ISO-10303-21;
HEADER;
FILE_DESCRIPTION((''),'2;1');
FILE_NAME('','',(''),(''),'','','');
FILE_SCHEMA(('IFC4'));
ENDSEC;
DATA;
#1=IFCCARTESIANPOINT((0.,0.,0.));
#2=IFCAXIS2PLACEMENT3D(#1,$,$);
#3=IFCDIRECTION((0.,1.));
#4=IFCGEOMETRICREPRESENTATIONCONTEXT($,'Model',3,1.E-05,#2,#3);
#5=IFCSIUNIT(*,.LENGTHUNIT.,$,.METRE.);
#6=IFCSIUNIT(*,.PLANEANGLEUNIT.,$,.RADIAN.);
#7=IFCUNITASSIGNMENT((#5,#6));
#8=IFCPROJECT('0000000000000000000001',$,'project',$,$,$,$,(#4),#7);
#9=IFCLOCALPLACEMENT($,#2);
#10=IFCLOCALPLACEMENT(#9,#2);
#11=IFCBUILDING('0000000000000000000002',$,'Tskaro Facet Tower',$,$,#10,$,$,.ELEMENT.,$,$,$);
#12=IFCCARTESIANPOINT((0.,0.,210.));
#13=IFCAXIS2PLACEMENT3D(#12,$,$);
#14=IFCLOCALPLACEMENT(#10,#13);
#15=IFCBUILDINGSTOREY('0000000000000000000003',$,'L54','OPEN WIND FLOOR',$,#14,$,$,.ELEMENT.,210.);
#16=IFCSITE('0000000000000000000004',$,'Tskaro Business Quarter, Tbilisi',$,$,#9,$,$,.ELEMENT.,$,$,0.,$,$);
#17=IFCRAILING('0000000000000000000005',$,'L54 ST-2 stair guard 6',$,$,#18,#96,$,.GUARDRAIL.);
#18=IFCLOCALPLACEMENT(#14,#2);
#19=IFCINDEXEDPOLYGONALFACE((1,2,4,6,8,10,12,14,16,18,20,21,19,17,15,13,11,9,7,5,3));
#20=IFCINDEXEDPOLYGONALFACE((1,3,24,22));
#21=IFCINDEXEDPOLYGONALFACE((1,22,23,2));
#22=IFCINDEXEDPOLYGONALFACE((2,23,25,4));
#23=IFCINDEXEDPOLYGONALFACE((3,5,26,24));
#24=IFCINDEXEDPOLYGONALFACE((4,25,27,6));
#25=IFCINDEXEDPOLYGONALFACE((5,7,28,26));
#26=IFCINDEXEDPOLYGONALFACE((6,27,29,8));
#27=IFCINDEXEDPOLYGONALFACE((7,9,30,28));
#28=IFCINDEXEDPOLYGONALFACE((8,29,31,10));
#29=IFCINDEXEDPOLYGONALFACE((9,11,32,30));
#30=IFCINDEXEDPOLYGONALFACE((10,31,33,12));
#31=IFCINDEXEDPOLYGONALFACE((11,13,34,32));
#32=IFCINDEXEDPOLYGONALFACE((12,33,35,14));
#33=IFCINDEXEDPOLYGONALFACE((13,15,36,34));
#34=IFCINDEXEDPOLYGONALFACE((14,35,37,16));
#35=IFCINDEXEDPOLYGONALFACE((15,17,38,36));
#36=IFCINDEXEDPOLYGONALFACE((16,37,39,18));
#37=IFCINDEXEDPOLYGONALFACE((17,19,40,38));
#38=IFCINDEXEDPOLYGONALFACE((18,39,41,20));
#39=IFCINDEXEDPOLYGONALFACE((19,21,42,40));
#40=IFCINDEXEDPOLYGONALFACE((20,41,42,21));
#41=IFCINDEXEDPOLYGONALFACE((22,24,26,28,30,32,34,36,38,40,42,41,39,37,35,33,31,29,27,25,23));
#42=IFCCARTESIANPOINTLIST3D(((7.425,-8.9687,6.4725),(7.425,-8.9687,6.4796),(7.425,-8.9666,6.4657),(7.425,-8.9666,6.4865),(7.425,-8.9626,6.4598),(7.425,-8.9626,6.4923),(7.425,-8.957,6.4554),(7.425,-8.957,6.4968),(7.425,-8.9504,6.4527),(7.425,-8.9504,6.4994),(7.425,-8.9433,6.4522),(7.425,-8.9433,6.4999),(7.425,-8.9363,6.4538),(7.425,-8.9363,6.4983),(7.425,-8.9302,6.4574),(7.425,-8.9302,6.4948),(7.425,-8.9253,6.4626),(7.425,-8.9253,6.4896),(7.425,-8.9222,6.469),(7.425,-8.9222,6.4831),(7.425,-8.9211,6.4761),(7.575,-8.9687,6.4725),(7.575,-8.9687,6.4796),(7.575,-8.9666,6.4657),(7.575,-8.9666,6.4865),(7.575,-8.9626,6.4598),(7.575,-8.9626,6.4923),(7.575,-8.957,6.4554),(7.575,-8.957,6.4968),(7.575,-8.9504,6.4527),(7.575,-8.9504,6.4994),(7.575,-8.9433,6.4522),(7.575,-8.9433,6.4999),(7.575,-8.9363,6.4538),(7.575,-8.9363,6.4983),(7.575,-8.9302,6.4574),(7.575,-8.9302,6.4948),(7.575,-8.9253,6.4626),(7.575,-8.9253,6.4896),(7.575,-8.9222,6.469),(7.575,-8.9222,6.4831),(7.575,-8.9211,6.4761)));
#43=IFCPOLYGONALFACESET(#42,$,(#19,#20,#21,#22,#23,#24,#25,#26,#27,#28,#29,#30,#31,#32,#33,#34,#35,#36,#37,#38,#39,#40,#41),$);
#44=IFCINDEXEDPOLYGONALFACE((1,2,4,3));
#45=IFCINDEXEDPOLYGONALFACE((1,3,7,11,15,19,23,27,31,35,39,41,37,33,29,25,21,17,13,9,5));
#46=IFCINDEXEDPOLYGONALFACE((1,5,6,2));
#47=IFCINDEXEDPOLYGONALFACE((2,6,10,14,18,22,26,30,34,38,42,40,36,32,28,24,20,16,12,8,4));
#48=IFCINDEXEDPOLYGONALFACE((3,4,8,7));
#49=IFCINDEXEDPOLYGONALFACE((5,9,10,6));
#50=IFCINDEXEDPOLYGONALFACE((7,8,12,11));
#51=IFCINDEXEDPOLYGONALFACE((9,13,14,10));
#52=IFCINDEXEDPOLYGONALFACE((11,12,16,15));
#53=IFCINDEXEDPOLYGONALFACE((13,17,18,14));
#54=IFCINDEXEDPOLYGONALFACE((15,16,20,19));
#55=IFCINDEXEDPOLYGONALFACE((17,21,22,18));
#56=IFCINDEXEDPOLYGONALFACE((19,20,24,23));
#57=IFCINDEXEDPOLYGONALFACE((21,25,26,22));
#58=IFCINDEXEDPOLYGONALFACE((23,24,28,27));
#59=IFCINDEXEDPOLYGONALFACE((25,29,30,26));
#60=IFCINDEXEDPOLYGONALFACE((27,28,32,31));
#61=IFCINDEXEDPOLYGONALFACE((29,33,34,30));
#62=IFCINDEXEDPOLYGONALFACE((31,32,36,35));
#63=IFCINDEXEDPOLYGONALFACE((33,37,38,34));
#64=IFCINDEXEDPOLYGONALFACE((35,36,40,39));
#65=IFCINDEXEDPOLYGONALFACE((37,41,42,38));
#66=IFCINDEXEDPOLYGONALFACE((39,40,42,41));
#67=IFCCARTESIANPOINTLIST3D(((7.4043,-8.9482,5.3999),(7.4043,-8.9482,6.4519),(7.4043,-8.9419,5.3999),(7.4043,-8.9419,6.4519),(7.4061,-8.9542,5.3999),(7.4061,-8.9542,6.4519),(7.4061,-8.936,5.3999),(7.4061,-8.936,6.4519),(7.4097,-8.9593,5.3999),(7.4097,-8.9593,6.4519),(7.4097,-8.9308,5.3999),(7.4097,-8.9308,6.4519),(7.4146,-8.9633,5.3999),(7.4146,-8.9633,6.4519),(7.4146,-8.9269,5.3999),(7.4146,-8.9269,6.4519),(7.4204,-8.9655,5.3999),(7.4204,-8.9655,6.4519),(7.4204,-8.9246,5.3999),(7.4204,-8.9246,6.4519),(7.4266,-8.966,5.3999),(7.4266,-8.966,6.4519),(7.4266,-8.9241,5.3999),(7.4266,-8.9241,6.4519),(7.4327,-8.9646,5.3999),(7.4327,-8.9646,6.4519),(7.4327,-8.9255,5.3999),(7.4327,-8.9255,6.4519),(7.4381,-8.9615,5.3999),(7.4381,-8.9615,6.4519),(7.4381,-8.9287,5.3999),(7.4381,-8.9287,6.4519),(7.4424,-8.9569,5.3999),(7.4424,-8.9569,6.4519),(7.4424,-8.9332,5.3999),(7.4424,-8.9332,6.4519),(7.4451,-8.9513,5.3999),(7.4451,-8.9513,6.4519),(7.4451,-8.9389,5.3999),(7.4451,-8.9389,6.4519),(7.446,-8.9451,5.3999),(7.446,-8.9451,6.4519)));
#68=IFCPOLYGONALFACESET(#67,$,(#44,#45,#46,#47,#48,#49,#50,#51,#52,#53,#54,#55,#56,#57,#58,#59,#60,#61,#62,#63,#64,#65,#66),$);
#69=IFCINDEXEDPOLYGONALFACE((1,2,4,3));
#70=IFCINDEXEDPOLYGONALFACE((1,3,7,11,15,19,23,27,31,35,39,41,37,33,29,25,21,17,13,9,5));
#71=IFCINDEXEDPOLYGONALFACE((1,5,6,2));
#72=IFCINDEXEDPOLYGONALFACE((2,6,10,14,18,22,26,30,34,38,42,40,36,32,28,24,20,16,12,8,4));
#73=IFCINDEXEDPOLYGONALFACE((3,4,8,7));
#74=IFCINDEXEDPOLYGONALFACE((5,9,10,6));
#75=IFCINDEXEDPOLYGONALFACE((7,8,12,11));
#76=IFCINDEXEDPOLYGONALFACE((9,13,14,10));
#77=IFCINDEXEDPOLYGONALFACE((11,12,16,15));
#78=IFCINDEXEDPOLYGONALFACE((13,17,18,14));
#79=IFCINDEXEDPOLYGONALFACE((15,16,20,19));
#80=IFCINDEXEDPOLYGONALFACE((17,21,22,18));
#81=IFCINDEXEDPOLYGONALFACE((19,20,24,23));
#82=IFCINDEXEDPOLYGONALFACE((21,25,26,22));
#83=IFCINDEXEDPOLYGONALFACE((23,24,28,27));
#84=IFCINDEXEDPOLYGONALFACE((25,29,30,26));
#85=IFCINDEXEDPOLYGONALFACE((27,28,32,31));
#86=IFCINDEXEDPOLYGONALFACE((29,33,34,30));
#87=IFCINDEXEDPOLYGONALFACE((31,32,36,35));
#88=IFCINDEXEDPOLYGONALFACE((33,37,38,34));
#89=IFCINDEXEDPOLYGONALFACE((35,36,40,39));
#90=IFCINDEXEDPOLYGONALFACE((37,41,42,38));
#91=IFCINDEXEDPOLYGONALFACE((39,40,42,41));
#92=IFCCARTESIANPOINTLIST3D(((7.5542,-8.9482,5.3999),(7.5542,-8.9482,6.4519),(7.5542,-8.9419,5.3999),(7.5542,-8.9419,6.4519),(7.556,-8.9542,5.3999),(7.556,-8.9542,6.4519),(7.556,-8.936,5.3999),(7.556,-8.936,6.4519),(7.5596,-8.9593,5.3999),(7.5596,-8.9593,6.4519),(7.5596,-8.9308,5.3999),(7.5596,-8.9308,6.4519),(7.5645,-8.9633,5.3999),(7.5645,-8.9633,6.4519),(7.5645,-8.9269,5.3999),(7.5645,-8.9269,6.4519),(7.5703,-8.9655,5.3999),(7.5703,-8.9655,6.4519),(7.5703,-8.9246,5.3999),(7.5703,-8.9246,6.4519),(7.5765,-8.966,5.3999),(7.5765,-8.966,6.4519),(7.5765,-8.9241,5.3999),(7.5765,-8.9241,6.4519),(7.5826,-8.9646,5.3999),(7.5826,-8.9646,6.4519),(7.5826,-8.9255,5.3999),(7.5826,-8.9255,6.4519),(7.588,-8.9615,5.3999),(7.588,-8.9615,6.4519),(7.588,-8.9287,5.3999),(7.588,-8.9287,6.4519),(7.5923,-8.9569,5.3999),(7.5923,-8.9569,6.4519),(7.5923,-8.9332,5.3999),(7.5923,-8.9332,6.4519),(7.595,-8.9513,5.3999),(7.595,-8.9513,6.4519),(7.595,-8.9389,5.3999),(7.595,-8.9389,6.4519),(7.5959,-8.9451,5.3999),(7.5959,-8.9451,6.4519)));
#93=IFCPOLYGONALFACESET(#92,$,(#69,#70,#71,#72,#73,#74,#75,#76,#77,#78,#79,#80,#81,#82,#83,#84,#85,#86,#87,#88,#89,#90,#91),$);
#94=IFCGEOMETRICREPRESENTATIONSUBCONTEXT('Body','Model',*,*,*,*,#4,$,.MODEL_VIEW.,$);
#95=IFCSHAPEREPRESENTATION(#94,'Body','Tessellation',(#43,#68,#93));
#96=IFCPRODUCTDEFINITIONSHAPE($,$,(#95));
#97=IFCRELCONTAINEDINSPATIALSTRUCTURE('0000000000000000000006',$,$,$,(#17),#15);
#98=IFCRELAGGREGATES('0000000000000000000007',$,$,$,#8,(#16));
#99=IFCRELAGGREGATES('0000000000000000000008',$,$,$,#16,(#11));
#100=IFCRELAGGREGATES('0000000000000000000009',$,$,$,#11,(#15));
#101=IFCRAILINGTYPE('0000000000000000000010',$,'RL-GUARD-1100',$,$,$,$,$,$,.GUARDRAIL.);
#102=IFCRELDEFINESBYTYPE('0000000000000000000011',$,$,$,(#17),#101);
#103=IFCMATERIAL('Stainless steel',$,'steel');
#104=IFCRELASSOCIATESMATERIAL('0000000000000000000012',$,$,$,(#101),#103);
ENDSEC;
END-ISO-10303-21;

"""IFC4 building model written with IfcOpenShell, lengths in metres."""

from ifc_helpers import new_model, si_unit, direction, frame, origin, origin_2d, place, context, subcontext, project, spatial, circle, extrude, material, type_object, element, save


model = new_model("IFC4")

# Units and contexts
model_context = context("Model", 3, precision=1e-05, world=origin(), true_north=direction((0.0, 1.0)))
body_context = subcontext(model_context, "Body", "Model", "MODEL_VIEW")
ifc_project = project(units=[si_unit("LENGTHUNIT", "METRE"), si_unit("PLANEANGLEUNIT", "RADIAN")], contexts=[model_context])

# Site, building, storey
site_placement = place(None, origin())
site = spatial("IfcSite", under=ifc_project, at=site_placement, Name="Tskaro Business Quarter, Tbilisi", CompositionType="ELEMENT", RefElevation=0.0)
building_placement = place(site_placement, origin())
building = spatial("IfcBuilding", under=site, at=building_placement, Name="Tskaro Facet Tower", CompositionType="ELEMENT")
storey_placement = place(building_placement, frame((0.0, 0.0, 210.0)))
storey = spatial("IfcBuildingStorey", under=building, at=storey_placement, Name="L54", Description="OPEN WIND FLOOR", CompositionType="ELEMENT", Elevation=210.0)

# Railing
ifc_material_1 = material(Name="Stainless steel", Category="steel")
railing_type = type_object("IfcRailingType", Name="RL-GUARD-1100", PredefinedType="GUARDRAIL", material=ifc_material_1)
railing_1_placement = place(storey_placement, frame((7.425, -8.9451, 5.3999)))
element("IfcRailing", 1, at=railing_1_placement, inside=storey, type_object=railing_type, Name="L54 ST-2 stair guard 6", PredefinedType="GUARDRAIL", context=body_context, shape_type="SweptSolid", body=[
    extrude(circle(Radius=0.0239, at=origin_2d()), frame((0.0, 0.0, 1.0762), z_axis=(1.0, 0.0, 0.0), x_axis=(0.0, 1.0, 0.0)), (0.0, 0.0, 1.0), 0.1499),
    extrude(circle(Radius=0.021, at=origin_2d()), origin(), (0.0, 0.0, 1.0), 1.052),
    extrude(circle(Radius=0.021, at=origin_2d()), frame((0.1499, 0.0, 0.0)), (0.0, 0.0, 1.0), 1.052),
])

save(model, "model.ifc")
